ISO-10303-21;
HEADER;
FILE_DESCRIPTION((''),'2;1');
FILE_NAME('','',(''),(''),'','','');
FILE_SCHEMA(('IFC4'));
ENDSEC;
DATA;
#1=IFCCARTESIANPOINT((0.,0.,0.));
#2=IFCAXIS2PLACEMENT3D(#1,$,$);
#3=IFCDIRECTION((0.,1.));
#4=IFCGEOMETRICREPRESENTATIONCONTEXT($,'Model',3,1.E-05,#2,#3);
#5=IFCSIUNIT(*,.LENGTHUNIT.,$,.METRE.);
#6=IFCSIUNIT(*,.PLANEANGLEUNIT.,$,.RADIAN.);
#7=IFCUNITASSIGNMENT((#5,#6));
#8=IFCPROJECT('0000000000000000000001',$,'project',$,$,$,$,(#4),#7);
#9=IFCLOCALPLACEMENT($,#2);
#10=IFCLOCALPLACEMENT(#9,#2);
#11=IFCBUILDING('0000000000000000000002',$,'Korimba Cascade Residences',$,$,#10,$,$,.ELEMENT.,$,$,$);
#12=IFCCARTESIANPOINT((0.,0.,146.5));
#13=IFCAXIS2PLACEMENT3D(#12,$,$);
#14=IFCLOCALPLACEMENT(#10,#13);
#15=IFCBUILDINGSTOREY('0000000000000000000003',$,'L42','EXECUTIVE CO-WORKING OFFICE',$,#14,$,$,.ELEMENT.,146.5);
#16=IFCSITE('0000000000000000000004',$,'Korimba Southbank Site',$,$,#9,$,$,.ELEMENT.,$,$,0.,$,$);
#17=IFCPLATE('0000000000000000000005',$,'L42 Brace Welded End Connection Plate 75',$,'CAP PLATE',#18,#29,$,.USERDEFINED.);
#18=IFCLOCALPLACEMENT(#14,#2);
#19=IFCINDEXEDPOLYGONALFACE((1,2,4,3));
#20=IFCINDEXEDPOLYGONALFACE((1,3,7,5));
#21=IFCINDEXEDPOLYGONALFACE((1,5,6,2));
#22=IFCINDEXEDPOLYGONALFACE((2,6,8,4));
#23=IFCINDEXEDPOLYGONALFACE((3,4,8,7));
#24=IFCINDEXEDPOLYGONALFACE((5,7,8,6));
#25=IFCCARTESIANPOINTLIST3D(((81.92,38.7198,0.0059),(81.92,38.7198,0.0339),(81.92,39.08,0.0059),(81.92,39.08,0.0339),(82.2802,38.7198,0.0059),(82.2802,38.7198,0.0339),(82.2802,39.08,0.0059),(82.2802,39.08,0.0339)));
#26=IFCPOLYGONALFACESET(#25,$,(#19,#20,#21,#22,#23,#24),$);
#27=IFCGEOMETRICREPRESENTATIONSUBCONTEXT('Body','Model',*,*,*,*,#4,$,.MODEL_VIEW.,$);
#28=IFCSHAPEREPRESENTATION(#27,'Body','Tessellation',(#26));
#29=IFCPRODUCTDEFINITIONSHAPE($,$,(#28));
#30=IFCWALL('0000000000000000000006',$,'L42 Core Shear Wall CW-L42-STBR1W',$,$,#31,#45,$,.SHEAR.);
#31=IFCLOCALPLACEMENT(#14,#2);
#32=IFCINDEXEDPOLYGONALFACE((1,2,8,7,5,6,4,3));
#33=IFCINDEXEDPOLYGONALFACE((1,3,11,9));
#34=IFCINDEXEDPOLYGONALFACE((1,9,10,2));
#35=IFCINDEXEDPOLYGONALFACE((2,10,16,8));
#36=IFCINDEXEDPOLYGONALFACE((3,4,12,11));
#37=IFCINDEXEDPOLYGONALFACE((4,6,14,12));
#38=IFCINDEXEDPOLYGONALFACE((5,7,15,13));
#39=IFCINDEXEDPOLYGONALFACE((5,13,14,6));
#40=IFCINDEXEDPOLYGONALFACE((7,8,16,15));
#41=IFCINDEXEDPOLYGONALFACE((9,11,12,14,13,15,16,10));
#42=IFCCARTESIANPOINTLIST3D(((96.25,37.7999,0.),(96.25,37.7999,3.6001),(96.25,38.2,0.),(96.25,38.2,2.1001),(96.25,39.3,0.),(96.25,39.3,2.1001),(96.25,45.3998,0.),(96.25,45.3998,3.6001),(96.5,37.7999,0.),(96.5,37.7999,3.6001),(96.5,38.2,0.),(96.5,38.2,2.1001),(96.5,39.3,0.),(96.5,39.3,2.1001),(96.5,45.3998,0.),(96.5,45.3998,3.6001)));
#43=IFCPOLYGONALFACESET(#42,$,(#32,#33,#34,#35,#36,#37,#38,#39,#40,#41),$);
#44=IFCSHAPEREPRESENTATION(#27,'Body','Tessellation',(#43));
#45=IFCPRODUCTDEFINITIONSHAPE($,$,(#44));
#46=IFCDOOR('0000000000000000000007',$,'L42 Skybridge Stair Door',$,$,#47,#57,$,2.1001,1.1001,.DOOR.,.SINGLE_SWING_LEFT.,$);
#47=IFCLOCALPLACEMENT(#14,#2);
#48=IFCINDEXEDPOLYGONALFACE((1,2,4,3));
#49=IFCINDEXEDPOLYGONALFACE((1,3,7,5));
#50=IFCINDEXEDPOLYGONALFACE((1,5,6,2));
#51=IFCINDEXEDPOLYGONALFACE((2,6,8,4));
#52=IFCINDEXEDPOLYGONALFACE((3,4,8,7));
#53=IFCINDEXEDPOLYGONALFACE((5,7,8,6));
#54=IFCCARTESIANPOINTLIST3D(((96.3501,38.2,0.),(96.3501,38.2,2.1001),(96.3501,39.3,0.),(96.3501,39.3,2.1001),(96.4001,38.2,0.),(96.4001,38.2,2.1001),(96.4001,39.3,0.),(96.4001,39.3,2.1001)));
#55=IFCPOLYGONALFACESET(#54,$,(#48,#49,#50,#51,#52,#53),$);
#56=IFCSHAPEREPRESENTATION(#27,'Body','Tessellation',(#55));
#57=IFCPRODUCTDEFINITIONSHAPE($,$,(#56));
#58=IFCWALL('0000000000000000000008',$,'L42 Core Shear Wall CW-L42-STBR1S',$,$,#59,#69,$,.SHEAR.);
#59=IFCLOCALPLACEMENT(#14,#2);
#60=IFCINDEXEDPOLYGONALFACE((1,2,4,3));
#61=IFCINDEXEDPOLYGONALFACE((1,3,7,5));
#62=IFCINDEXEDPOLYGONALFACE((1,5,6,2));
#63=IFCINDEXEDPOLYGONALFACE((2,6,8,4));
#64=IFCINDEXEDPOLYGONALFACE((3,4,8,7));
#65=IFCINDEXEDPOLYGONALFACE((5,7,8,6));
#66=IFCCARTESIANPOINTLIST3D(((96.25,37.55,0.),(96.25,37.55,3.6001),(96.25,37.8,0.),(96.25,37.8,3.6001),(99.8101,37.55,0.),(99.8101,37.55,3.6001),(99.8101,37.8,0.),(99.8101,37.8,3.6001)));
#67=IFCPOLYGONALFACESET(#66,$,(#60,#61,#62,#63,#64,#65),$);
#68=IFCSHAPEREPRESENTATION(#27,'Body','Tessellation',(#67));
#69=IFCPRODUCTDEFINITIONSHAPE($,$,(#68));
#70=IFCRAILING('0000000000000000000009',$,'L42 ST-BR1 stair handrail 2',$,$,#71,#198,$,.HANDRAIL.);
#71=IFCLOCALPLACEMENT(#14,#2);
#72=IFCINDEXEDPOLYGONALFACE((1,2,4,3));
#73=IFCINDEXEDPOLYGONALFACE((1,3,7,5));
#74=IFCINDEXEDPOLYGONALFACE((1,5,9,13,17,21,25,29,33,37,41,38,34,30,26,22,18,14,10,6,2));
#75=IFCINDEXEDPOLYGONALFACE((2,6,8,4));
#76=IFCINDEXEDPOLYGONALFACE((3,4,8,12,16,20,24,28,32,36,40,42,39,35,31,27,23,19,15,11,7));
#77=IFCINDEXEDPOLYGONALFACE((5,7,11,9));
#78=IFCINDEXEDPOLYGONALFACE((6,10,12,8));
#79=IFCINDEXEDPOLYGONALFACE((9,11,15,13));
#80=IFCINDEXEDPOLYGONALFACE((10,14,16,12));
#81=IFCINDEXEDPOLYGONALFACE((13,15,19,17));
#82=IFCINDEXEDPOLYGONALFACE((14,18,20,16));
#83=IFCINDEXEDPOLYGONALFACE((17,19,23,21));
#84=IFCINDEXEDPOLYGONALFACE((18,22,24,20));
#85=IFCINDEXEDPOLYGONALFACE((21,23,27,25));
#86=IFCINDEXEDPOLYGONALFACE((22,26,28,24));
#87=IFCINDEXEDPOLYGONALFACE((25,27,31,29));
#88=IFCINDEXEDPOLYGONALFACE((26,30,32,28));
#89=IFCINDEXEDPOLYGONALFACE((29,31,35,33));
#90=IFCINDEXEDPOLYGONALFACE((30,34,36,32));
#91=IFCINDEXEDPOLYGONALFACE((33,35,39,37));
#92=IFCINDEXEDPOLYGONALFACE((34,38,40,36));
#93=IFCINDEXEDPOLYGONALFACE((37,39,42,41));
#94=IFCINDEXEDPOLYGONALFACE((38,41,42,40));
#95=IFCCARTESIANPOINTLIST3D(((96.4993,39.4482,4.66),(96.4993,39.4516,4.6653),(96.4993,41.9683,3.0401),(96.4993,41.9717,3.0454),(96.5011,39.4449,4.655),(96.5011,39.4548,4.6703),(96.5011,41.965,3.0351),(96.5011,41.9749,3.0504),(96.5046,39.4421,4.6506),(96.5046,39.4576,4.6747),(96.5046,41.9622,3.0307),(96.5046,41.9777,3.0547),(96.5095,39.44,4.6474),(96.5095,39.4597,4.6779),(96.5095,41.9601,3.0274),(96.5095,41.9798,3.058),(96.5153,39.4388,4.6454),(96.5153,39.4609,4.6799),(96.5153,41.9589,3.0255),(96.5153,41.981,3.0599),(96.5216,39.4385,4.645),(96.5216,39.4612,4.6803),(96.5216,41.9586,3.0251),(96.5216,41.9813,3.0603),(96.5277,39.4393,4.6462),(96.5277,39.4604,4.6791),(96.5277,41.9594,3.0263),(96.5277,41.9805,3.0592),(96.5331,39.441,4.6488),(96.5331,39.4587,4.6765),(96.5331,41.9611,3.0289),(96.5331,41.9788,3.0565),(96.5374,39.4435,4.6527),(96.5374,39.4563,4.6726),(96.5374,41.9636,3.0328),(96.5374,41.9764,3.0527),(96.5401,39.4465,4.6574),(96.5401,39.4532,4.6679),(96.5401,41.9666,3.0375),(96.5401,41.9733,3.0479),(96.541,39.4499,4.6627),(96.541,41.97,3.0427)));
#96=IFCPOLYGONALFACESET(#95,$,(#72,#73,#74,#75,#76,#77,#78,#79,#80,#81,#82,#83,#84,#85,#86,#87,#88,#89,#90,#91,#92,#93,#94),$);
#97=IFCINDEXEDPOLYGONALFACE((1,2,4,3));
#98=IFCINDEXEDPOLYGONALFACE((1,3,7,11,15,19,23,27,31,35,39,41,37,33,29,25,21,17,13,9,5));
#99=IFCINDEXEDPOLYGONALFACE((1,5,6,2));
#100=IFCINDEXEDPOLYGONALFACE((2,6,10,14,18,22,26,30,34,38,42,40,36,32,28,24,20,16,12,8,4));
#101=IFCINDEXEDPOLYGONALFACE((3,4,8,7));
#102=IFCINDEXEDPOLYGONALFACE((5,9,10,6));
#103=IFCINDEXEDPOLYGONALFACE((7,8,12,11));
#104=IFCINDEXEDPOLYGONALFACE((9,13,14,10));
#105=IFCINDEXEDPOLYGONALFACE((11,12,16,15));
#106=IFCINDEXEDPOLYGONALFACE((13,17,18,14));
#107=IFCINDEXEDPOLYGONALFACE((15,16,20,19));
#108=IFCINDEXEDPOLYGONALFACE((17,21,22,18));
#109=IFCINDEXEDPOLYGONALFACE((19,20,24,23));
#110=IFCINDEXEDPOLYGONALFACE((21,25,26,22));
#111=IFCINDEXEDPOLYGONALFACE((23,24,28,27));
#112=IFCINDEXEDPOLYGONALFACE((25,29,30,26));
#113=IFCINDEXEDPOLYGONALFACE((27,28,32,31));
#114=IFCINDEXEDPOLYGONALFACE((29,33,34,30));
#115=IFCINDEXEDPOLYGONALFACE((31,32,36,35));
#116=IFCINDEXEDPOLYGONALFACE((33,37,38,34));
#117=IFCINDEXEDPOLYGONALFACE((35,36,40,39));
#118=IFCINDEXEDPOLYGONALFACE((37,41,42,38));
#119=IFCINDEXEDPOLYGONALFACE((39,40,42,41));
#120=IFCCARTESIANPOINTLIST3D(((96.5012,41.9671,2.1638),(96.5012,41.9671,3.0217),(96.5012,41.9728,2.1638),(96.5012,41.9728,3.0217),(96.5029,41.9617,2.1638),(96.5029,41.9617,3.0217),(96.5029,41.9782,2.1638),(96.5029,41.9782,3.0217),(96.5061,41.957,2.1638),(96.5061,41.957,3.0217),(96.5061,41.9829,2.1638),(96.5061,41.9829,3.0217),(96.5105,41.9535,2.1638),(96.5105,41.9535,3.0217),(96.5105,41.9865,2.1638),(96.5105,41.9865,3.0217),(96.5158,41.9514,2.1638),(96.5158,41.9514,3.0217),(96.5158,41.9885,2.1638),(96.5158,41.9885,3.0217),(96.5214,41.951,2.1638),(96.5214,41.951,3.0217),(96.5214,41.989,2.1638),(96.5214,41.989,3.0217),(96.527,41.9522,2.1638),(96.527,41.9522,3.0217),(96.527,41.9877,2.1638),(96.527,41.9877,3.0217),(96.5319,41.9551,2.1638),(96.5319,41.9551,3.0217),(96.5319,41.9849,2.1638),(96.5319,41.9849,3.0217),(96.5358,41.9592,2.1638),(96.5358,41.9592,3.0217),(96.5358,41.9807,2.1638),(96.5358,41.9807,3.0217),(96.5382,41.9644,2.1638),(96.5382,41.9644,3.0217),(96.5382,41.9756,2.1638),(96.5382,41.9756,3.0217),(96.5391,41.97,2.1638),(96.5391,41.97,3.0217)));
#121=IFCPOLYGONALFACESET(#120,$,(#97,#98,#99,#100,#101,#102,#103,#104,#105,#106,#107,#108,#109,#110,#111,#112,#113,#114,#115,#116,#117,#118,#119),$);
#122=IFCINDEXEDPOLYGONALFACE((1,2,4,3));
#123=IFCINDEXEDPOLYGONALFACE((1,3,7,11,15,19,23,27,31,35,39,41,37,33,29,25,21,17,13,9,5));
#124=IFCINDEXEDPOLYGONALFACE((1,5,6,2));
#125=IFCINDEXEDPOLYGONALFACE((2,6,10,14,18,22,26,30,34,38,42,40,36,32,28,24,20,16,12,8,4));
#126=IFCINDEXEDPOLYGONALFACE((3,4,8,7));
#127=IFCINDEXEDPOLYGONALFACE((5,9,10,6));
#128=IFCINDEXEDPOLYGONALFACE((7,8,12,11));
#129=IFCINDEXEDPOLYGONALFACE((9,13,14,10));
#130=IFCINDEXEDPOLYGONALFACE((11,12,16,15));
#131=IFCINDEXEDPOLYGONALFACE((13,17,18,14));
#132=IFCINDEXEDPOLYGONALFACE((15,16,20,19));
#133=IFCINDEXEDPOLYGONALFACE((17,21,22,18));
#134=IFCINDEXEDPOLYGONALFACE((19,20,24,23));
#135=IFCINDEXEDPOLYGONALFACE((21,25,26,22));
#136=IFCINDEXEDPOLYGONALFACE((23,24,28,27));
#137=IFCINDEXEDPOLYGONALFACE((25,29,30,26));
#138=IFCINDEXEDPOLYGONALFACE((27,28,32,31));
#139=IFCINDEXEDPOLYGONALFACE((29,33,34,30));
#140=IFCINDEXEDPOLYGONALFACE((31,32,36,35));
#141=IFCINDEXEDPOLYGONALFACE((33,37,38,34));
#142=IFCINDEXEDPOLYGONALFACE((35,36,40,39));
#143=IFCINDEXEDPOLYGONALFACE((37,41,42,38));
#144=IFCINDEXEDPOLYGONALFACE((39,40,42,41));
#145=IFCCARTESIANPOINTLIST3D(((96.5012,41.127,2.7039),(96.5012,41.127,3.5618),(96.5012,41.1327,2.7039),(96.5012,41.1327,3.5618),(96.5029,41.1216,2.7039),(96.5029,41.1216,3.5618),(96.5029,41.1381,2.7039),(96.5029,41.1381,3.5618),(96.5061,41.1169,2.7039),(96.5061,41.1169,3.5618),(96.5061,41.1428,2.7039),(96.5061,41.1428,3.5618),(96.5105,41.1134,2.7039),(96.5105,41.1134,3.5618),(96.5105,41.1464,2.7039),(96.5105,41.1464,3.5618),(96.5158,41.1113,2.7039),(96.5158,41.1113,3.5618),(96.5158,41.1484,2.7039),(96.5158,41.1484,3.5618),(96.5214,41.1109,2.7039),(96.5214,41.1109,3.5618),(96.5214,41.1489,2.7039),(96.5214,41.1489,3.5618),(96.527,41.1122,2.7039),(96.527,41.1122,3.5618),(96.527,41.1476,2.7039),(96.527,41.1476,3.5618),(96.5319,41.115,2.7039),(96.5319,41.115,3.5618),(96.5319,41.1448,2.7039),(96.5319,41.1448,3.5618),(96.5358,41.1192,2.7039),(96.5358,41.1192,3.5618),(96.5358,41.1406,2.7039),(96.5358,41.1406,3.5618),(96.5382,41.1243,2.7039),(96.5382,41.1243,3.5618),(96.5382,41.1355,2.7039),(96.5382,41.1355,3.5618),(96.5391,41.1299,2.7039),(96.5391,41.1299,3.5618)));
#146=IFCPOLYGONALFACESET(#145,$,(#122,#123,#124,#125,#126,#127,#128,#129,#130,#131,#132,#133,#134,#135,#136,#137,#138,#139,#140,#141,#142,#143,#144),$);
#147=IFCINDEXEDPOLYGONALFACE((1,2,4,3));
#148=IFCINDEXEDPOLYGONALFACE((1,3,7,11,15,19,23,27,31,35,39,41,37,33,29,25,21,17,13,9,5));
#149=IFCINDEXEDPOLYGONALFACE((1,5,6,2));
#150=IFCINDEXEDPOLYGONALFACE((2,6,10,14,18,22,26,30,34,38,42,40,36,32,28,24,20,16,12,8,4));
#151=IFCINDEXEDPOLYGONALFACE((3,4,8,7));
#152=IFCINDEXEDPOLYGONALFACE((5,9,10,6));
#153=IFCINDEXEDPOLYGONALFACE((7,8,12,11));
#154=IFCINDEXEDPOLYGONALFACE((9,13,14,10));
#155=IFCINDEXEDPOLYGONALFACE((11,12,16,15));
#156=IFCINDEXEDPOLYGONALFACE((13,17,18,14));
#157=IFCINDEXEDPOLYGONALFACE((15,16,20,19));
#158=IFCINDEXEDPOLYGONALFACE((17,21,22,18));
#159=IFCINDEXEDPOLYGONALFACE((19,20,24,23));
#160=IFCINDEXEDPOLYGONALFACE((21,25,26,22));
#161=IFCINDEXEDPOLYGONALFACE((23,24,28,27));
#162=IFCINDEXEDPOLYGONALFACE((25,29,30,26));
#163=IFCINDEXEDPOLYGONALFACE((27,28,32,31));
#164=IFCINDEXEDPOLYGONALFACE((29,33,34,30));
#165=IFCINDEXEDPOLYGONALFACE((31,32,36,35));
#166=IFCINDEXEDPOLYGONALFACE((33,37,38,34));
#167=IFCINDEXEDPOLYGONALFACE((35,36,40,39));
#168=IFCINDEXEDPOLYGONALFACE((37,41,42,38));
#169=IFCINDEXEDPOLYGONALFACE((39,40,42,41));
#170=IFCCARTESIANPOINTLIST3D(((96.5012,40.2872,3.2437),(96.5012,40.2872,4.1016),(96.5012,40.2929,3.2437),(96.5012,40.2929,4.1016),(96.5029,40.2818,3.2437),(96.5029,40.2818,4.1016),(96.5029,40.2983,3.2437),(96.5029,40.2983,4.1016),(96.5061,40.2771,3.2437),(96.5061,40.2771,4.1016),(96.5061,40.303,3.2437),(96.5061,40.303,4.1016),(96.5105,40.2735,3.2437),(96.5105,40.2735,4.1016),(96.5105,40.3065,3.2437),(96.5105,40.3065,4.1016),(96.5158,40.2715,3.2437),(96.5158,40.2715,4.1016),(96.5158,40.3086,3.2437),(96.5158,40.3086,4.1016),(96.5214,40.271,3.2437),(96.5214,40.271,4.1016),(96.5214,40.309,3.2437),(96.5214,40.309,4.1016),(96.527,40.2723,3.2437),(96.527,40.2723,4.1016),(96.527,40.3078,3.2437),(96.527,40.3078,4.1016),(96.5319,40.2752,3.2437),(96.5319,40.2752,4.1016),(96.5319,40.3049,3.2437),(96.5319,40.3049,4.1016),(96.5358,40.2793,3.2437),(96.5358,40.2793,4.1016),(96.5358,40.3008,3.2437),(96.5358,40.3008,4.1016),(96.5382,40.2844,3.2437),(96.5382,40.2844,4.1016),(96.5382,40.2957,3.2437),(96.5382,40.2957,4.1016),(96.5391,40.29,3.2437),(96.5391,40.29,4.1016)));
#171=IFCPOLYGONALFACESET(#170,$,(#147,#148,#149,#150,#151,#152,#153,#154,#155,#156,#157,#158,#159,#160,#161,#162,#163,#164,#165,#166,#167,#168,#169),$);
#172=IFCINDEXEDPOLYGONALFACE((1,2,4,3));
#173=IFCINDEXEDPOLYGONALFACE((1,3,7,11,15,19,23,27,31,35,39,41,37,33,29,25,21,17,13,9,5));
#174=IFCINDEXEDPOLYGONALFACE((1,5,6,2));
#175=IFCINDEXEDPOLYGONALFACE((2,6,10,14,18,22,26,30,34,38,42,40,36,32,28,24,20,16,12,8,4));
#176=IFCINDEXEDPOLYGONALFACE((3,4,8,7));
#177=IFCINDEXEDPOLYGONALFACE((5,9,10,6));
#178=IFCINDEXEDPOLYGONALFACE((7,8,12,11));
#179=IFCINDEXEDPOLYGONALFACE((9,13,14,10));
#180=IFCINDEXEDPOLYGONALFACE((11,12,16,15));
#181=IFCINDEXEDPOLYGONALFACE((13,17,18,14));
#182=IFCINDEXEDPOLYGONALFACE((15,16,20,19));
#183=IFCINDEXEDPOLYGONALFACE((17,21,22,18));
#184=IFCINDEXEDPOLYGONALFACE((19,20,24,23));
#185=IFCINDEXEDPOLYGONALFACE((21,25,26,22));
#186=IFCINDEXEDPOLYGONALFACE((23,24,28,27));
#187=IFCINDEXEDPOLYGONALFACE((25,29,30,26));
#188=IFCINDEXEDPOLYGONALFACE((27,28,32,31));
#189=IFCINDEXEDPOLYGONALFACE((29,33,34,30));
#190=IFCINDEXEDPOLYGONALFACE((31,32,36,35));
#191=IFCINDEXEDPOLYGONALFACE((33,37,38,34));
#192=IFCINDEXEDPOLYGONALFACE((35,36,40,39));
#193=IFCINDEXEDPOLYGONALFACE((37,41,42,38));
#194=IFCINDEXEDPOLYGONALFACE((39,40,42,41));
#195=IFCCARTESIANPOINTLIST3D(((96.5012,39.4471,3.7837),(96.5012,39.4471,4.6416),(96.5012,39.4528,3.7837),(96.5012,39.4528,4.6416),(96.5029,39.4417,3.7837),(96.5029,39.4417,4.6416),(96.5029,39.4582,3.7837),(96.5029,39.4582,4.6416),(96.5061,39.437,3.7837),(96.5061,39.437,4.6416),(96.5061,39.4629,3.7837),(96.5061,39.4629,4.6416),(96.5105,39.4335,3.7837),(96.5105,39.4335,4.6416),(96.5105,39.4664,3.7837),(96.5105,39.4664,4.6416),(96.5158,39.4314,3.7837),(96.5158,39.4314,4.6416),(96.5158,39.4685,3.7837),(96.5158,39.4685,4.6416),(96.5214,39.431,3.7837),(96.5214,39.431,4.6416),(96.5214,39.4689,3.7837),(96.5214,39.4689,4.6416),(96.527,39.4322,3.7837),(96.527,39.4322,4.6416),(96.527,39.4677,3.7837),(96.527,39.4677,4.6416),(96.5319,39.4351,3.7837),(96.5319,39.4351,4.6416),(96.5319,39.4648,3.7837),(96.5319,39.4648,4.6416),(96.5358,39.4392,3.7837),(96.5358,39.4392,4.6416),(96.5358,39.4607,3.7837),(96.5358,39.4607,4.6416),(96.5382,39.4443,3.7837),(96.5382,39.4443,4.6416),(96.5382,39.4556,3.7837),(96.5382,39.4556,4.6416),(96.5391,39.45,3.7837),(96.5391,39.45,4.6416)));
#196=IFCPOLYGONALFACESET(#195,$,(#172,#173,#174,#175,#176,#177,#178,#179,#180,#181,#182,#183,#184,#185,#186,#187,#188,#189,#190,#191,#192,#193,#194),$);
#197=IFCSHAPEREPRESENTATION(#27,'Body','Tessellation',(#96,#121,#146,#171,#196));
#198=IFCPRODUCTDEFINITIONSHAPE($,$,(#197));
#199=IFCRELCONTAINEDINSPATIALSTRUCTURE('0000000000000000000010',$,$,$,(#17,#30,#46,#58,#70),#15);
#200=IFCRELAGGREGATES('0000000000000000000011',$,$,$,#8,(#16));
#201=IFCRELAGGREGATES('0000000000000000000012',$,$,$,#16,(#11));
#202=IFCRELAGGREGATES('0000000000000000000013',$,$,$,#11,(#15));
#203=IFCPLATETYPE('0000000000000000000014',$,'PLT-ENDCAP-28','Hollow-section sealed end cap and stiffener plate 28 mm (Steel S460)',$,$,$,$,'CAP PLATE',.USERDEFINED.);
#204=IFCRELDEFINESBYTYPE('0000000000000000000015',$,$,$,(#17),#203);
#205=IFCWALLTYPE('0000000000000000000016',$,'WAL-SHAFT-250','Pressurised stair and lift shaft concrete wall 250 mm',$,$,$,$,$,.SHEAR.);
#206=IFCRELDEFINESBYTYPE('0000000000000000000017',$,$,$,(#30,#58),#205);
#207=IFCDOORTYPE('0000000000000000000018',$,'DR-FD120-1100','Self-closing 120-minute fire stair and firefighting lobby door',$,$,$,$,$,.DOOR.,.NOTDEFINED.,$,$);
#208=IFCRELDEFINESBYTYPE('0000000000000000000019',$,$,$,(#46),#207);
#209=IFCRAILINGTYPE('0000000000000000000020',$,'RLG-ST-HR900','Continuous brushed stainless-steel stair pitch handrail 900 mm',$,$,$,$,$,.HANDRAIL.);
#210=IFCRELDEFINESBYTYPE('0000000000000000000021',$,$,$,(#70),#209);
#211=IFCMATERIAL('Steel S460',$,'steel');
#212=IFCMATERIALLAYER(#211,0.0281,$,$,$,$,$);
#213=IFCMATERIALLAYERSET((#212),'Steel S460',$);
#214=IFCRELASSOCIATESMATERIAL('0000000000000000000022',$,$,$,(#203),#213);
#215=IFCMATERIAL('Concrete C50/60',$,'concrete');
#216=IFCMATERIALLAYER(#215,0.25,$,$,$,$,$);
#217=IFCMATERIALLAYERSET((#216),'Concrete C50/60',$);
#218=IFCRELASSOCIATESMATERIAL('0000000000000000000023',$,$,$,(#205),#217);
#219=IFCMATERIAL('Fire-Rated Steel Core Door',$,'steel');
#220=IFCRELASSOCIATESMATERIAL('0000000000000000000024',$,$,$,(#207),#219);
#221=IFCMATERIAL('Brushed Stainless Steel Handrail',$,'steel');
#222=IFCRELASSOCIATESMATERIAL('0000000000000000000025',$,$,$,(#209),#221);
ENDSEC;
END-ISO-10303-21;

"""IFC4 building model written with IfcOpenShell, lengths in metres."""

from ifc_helpers import new_model, si_unit, direction, frame, frame_2d, origin, origin_2d, place, context, subcontext, project, spatial, rectangle, circle, extrude, material, layer, layer_set, type_object, element, fill, save


model = new_model("IFC4")

# Units and contexts
model_context = context("Model", 3, precision=1e-05, world=origin(), true_north=direction((0.0, 1.0)))
body_context = subcontext(model_context, "Body", "Model", "MODEL_VIEW")
ifc_project = project(units=[si_unit("LENGTHUNIT", "METRE"), si_unit("PLANEANGLEUNIT", "RADIAN")], contexts=[model_context])

# Site, building, storey
site_placement = place(None, origin())
site = spatial("IfcSite", under=ifc_project, at=site_placement, Name="Korimba Southbank Site", CompositionType="ELEMENT", RefElevation=0.0)
building_placement = place(site_placement, origin())
building = spatial("IfcBuilding", under=site, at=building_placement, Name="Korimba Cascade Residences", CompositionType="ELEMENT")
storey_placement = place(building_placement, frame((0.0, 0.0, 146.5)))
storey = spatial("IfcBuildingStorey", under=building, at=storey_placement, Name="L42", Description="EXECUTIVE CO-WORKING OFFICE", CompositionType="ELEMENT", Elevation=146.5)

# Plate
ifc_material_1 = material(Name="Steel S460", Category="steel")
ifc_layer_1 = layer(ifc_material_1, 0.0281)
ifc_layer_set_1 = layer_set([ifc_layer_1], Name="Steel S460")
plate_type_1 = type_object("IfcPlateType", Name="PLT-ENDCAP-28", Description="Hollow-section sealed end cap and stiffener plate 28 mm (Steel S460)", ElementType="CAP PLATE", PredefinedType="USERDEFINED", material=ifc_layer_set_1)
plate_1_placement = place(storey_placement, frame((82.1001, 38.8999, 0.0059), z_axis=(0.0, 0.0, 1.0), x_axis=(1.0, 0.0, 0.0)))
element("IfcPlate", 1, at=plate_1_placement, inside=storey, type_object=plate_type_1, Name="L42 Brace Welded End Connection Plate 75", ObjectType="CAP PLATE", PredefinedType="USERDEFINED", context=body_context, shape_type="SweptSolid", body=[
    extrude(rectangle(XDim=0.3601, YDim=0.3601, at=origin_2d()), origin(), (0.0, 0.0, 1.0), 0.0281),
])

# Wall, opening, door
ifc_material_2 = material(Name="Concrete C50/60", Category="concrete")
ifc_layer_2 = layer(ifc_material_2, 0.25)
ifc_layer_set_2 = layer_set([ifc_layer_2], Name="Concrete C50/60")
wall_type = type_object("IfcWallType", Name="WAL-SHAFT-250", Description="Pressurised stair and lift shaft concrete wall 250 mm", PredefinedType="SHEAR", material=ifc_layer_set_2)
wall_1_placement = place(storey_placement, frame((96.375, 37.8, 0.0), z_axis=(0.0, 0.0, 1.0), x_axis=(0.0, 1.0, 0.0)))
wall_1 = element("IfcWall", 2, at=wall_1_placement, inside=storey, type_object=wall_type, Name="L42 Core Shear Wall CW-L42-STBR1W", PredefinedType="SHEAR", context=body_context, shape_type="SweptSolid", body=[
    extrude(rectangle(XDim=7.5999, YDim=0.25, at=frame_2d((3.7998, 0.0))), origin(), (0.0, 0.0, 1.0), 3.6001),
])
opening_placement = place(wall_1_placement, frame((0.3999, 0.0, 0.0)))
opening = element("IfcOpeningElement", 3, at=opening_placement, cuts=wall_1, PredefinedType="OPENING", context=body_context, shape_type="SweptSolid", body=[
    extrude(rectangle(XDim=1.1001, YDim=2.1001, at=frame_2d((0.55, 1.05))), frame((0.0, 0.135, 0.0), z_axis=(0.0, -1.0, 0.0), x_axis=(1.0, 0.0, 0.0)), (0.0, 0.0, 1.0), 0.27),
])
ifc_material_3 = material(Name="Fire-Rated Steel Core Door", Category="steel")
door_type = type_object("IfcDoorType", Name="DR-FD120-1100", Description="Self-closing 120-minute fire stair and firefighting lobby door", OperationType="NOTDEFINED", PredefinedType="DOOR", material=ifc_material_3)
door_placement = place(opening_placement, origin())
door = element("IfcDoor", 4, at=door_placement, inside=storey, type_object=door_type, Name="L42 Skybridge Stair Door", OperationType="SINGLE_SWING_LEFT", OverallHeight=2.1001, OverallWidth=1.1001, PredefinedType="DOOR", context=body_context, shape_type="SweptSolid", body=[
    extrude(rectangle(XDim=1.1001, YDim=2.1001, at=frame_2d((0.55, 1.05))), frame((0.0, 0.0249, 0.0), z_axis=(0.0, -1.0, 0.0), x_axis=(1.0, 0.0, 0.0)), (0.0, 0.0, 1.0), 0.05),
])
fill(opening, door)

# Wall
wall_2_placement = place(storey_placement, frame((96.25, 37.675, 0.0), z_axis=(0.0, 0.0, 1.0), x_axis=(1.0, 0.0, 0.0)))
element("IfcWall", 5, at=wall_2_placement, inside=storey, type_object=wall_type, Name="L42 Core Shear Wall CW-L42-STBR1S", PredefinedType="SHEAR", context=body_context, shape_type="SweptSolid", body=[
    extrude(rectangle(XDim=3.5601, YDim=0.25, at=frame_2d((1.78, 0.0))), origin(), (0.0, 0.0, 1.0), 3.6001),
])

# Railing
ifc_material_4 = material(Name="Brushed Stainless Steel Handrail", Category="steel")
railing_type = type_object("IfcRailingType", Name="RLG-ST-HR900", Description="Continuous brushed stainless-steel stair pitch handrail 900 mm", PredefinedType="HANDRAIL", material=ifc_material_4)
railing_placement = place(storey_placement, frame((96.52, 41.97, 2.1638)))
element("IfcRailing", 6, at=railing_placement, inside=storey, type_object=railing_type, Name="L42 ST-BR1 stair handrail 2", PredefinedType="HANDRAIL", context=body_context, shape_type="SweptSolid", body=[
    extrude(circle(Radius=0.021, at=origin_2d()), frame((0.0, 0.0, 0.8789), z_axis=(0.0, -0.8412, 0.540725), x_axis=(1.0, 0.0, 0.0)), (0.0, 0.0, 1.0), 2.9958),
    extrude(circle(Radius=0.019, at=origin_2d()), origin(), (0.0, 0.0, 1.0), 0.8579),
    extrude(circle(Radius=0.019, at=origin_2d()), frame((0.0, -0.8401, 0.54)), (0.0, 0.0, 1.0), 0.8579),
    extrude(circle(Radius=0.019, at=origin_2d()), frame((0.0, -1.6799, 1.0798)), (0.0, 0.0, 1.0), 0.8579),
    extrude(circle(Radius=0.019, at=origin_2d()), frame((0.0, -2.52, 1.6199)), (0.0, 0.0, 1.0), 0.8579),
])

save(model, "model.ifc")
